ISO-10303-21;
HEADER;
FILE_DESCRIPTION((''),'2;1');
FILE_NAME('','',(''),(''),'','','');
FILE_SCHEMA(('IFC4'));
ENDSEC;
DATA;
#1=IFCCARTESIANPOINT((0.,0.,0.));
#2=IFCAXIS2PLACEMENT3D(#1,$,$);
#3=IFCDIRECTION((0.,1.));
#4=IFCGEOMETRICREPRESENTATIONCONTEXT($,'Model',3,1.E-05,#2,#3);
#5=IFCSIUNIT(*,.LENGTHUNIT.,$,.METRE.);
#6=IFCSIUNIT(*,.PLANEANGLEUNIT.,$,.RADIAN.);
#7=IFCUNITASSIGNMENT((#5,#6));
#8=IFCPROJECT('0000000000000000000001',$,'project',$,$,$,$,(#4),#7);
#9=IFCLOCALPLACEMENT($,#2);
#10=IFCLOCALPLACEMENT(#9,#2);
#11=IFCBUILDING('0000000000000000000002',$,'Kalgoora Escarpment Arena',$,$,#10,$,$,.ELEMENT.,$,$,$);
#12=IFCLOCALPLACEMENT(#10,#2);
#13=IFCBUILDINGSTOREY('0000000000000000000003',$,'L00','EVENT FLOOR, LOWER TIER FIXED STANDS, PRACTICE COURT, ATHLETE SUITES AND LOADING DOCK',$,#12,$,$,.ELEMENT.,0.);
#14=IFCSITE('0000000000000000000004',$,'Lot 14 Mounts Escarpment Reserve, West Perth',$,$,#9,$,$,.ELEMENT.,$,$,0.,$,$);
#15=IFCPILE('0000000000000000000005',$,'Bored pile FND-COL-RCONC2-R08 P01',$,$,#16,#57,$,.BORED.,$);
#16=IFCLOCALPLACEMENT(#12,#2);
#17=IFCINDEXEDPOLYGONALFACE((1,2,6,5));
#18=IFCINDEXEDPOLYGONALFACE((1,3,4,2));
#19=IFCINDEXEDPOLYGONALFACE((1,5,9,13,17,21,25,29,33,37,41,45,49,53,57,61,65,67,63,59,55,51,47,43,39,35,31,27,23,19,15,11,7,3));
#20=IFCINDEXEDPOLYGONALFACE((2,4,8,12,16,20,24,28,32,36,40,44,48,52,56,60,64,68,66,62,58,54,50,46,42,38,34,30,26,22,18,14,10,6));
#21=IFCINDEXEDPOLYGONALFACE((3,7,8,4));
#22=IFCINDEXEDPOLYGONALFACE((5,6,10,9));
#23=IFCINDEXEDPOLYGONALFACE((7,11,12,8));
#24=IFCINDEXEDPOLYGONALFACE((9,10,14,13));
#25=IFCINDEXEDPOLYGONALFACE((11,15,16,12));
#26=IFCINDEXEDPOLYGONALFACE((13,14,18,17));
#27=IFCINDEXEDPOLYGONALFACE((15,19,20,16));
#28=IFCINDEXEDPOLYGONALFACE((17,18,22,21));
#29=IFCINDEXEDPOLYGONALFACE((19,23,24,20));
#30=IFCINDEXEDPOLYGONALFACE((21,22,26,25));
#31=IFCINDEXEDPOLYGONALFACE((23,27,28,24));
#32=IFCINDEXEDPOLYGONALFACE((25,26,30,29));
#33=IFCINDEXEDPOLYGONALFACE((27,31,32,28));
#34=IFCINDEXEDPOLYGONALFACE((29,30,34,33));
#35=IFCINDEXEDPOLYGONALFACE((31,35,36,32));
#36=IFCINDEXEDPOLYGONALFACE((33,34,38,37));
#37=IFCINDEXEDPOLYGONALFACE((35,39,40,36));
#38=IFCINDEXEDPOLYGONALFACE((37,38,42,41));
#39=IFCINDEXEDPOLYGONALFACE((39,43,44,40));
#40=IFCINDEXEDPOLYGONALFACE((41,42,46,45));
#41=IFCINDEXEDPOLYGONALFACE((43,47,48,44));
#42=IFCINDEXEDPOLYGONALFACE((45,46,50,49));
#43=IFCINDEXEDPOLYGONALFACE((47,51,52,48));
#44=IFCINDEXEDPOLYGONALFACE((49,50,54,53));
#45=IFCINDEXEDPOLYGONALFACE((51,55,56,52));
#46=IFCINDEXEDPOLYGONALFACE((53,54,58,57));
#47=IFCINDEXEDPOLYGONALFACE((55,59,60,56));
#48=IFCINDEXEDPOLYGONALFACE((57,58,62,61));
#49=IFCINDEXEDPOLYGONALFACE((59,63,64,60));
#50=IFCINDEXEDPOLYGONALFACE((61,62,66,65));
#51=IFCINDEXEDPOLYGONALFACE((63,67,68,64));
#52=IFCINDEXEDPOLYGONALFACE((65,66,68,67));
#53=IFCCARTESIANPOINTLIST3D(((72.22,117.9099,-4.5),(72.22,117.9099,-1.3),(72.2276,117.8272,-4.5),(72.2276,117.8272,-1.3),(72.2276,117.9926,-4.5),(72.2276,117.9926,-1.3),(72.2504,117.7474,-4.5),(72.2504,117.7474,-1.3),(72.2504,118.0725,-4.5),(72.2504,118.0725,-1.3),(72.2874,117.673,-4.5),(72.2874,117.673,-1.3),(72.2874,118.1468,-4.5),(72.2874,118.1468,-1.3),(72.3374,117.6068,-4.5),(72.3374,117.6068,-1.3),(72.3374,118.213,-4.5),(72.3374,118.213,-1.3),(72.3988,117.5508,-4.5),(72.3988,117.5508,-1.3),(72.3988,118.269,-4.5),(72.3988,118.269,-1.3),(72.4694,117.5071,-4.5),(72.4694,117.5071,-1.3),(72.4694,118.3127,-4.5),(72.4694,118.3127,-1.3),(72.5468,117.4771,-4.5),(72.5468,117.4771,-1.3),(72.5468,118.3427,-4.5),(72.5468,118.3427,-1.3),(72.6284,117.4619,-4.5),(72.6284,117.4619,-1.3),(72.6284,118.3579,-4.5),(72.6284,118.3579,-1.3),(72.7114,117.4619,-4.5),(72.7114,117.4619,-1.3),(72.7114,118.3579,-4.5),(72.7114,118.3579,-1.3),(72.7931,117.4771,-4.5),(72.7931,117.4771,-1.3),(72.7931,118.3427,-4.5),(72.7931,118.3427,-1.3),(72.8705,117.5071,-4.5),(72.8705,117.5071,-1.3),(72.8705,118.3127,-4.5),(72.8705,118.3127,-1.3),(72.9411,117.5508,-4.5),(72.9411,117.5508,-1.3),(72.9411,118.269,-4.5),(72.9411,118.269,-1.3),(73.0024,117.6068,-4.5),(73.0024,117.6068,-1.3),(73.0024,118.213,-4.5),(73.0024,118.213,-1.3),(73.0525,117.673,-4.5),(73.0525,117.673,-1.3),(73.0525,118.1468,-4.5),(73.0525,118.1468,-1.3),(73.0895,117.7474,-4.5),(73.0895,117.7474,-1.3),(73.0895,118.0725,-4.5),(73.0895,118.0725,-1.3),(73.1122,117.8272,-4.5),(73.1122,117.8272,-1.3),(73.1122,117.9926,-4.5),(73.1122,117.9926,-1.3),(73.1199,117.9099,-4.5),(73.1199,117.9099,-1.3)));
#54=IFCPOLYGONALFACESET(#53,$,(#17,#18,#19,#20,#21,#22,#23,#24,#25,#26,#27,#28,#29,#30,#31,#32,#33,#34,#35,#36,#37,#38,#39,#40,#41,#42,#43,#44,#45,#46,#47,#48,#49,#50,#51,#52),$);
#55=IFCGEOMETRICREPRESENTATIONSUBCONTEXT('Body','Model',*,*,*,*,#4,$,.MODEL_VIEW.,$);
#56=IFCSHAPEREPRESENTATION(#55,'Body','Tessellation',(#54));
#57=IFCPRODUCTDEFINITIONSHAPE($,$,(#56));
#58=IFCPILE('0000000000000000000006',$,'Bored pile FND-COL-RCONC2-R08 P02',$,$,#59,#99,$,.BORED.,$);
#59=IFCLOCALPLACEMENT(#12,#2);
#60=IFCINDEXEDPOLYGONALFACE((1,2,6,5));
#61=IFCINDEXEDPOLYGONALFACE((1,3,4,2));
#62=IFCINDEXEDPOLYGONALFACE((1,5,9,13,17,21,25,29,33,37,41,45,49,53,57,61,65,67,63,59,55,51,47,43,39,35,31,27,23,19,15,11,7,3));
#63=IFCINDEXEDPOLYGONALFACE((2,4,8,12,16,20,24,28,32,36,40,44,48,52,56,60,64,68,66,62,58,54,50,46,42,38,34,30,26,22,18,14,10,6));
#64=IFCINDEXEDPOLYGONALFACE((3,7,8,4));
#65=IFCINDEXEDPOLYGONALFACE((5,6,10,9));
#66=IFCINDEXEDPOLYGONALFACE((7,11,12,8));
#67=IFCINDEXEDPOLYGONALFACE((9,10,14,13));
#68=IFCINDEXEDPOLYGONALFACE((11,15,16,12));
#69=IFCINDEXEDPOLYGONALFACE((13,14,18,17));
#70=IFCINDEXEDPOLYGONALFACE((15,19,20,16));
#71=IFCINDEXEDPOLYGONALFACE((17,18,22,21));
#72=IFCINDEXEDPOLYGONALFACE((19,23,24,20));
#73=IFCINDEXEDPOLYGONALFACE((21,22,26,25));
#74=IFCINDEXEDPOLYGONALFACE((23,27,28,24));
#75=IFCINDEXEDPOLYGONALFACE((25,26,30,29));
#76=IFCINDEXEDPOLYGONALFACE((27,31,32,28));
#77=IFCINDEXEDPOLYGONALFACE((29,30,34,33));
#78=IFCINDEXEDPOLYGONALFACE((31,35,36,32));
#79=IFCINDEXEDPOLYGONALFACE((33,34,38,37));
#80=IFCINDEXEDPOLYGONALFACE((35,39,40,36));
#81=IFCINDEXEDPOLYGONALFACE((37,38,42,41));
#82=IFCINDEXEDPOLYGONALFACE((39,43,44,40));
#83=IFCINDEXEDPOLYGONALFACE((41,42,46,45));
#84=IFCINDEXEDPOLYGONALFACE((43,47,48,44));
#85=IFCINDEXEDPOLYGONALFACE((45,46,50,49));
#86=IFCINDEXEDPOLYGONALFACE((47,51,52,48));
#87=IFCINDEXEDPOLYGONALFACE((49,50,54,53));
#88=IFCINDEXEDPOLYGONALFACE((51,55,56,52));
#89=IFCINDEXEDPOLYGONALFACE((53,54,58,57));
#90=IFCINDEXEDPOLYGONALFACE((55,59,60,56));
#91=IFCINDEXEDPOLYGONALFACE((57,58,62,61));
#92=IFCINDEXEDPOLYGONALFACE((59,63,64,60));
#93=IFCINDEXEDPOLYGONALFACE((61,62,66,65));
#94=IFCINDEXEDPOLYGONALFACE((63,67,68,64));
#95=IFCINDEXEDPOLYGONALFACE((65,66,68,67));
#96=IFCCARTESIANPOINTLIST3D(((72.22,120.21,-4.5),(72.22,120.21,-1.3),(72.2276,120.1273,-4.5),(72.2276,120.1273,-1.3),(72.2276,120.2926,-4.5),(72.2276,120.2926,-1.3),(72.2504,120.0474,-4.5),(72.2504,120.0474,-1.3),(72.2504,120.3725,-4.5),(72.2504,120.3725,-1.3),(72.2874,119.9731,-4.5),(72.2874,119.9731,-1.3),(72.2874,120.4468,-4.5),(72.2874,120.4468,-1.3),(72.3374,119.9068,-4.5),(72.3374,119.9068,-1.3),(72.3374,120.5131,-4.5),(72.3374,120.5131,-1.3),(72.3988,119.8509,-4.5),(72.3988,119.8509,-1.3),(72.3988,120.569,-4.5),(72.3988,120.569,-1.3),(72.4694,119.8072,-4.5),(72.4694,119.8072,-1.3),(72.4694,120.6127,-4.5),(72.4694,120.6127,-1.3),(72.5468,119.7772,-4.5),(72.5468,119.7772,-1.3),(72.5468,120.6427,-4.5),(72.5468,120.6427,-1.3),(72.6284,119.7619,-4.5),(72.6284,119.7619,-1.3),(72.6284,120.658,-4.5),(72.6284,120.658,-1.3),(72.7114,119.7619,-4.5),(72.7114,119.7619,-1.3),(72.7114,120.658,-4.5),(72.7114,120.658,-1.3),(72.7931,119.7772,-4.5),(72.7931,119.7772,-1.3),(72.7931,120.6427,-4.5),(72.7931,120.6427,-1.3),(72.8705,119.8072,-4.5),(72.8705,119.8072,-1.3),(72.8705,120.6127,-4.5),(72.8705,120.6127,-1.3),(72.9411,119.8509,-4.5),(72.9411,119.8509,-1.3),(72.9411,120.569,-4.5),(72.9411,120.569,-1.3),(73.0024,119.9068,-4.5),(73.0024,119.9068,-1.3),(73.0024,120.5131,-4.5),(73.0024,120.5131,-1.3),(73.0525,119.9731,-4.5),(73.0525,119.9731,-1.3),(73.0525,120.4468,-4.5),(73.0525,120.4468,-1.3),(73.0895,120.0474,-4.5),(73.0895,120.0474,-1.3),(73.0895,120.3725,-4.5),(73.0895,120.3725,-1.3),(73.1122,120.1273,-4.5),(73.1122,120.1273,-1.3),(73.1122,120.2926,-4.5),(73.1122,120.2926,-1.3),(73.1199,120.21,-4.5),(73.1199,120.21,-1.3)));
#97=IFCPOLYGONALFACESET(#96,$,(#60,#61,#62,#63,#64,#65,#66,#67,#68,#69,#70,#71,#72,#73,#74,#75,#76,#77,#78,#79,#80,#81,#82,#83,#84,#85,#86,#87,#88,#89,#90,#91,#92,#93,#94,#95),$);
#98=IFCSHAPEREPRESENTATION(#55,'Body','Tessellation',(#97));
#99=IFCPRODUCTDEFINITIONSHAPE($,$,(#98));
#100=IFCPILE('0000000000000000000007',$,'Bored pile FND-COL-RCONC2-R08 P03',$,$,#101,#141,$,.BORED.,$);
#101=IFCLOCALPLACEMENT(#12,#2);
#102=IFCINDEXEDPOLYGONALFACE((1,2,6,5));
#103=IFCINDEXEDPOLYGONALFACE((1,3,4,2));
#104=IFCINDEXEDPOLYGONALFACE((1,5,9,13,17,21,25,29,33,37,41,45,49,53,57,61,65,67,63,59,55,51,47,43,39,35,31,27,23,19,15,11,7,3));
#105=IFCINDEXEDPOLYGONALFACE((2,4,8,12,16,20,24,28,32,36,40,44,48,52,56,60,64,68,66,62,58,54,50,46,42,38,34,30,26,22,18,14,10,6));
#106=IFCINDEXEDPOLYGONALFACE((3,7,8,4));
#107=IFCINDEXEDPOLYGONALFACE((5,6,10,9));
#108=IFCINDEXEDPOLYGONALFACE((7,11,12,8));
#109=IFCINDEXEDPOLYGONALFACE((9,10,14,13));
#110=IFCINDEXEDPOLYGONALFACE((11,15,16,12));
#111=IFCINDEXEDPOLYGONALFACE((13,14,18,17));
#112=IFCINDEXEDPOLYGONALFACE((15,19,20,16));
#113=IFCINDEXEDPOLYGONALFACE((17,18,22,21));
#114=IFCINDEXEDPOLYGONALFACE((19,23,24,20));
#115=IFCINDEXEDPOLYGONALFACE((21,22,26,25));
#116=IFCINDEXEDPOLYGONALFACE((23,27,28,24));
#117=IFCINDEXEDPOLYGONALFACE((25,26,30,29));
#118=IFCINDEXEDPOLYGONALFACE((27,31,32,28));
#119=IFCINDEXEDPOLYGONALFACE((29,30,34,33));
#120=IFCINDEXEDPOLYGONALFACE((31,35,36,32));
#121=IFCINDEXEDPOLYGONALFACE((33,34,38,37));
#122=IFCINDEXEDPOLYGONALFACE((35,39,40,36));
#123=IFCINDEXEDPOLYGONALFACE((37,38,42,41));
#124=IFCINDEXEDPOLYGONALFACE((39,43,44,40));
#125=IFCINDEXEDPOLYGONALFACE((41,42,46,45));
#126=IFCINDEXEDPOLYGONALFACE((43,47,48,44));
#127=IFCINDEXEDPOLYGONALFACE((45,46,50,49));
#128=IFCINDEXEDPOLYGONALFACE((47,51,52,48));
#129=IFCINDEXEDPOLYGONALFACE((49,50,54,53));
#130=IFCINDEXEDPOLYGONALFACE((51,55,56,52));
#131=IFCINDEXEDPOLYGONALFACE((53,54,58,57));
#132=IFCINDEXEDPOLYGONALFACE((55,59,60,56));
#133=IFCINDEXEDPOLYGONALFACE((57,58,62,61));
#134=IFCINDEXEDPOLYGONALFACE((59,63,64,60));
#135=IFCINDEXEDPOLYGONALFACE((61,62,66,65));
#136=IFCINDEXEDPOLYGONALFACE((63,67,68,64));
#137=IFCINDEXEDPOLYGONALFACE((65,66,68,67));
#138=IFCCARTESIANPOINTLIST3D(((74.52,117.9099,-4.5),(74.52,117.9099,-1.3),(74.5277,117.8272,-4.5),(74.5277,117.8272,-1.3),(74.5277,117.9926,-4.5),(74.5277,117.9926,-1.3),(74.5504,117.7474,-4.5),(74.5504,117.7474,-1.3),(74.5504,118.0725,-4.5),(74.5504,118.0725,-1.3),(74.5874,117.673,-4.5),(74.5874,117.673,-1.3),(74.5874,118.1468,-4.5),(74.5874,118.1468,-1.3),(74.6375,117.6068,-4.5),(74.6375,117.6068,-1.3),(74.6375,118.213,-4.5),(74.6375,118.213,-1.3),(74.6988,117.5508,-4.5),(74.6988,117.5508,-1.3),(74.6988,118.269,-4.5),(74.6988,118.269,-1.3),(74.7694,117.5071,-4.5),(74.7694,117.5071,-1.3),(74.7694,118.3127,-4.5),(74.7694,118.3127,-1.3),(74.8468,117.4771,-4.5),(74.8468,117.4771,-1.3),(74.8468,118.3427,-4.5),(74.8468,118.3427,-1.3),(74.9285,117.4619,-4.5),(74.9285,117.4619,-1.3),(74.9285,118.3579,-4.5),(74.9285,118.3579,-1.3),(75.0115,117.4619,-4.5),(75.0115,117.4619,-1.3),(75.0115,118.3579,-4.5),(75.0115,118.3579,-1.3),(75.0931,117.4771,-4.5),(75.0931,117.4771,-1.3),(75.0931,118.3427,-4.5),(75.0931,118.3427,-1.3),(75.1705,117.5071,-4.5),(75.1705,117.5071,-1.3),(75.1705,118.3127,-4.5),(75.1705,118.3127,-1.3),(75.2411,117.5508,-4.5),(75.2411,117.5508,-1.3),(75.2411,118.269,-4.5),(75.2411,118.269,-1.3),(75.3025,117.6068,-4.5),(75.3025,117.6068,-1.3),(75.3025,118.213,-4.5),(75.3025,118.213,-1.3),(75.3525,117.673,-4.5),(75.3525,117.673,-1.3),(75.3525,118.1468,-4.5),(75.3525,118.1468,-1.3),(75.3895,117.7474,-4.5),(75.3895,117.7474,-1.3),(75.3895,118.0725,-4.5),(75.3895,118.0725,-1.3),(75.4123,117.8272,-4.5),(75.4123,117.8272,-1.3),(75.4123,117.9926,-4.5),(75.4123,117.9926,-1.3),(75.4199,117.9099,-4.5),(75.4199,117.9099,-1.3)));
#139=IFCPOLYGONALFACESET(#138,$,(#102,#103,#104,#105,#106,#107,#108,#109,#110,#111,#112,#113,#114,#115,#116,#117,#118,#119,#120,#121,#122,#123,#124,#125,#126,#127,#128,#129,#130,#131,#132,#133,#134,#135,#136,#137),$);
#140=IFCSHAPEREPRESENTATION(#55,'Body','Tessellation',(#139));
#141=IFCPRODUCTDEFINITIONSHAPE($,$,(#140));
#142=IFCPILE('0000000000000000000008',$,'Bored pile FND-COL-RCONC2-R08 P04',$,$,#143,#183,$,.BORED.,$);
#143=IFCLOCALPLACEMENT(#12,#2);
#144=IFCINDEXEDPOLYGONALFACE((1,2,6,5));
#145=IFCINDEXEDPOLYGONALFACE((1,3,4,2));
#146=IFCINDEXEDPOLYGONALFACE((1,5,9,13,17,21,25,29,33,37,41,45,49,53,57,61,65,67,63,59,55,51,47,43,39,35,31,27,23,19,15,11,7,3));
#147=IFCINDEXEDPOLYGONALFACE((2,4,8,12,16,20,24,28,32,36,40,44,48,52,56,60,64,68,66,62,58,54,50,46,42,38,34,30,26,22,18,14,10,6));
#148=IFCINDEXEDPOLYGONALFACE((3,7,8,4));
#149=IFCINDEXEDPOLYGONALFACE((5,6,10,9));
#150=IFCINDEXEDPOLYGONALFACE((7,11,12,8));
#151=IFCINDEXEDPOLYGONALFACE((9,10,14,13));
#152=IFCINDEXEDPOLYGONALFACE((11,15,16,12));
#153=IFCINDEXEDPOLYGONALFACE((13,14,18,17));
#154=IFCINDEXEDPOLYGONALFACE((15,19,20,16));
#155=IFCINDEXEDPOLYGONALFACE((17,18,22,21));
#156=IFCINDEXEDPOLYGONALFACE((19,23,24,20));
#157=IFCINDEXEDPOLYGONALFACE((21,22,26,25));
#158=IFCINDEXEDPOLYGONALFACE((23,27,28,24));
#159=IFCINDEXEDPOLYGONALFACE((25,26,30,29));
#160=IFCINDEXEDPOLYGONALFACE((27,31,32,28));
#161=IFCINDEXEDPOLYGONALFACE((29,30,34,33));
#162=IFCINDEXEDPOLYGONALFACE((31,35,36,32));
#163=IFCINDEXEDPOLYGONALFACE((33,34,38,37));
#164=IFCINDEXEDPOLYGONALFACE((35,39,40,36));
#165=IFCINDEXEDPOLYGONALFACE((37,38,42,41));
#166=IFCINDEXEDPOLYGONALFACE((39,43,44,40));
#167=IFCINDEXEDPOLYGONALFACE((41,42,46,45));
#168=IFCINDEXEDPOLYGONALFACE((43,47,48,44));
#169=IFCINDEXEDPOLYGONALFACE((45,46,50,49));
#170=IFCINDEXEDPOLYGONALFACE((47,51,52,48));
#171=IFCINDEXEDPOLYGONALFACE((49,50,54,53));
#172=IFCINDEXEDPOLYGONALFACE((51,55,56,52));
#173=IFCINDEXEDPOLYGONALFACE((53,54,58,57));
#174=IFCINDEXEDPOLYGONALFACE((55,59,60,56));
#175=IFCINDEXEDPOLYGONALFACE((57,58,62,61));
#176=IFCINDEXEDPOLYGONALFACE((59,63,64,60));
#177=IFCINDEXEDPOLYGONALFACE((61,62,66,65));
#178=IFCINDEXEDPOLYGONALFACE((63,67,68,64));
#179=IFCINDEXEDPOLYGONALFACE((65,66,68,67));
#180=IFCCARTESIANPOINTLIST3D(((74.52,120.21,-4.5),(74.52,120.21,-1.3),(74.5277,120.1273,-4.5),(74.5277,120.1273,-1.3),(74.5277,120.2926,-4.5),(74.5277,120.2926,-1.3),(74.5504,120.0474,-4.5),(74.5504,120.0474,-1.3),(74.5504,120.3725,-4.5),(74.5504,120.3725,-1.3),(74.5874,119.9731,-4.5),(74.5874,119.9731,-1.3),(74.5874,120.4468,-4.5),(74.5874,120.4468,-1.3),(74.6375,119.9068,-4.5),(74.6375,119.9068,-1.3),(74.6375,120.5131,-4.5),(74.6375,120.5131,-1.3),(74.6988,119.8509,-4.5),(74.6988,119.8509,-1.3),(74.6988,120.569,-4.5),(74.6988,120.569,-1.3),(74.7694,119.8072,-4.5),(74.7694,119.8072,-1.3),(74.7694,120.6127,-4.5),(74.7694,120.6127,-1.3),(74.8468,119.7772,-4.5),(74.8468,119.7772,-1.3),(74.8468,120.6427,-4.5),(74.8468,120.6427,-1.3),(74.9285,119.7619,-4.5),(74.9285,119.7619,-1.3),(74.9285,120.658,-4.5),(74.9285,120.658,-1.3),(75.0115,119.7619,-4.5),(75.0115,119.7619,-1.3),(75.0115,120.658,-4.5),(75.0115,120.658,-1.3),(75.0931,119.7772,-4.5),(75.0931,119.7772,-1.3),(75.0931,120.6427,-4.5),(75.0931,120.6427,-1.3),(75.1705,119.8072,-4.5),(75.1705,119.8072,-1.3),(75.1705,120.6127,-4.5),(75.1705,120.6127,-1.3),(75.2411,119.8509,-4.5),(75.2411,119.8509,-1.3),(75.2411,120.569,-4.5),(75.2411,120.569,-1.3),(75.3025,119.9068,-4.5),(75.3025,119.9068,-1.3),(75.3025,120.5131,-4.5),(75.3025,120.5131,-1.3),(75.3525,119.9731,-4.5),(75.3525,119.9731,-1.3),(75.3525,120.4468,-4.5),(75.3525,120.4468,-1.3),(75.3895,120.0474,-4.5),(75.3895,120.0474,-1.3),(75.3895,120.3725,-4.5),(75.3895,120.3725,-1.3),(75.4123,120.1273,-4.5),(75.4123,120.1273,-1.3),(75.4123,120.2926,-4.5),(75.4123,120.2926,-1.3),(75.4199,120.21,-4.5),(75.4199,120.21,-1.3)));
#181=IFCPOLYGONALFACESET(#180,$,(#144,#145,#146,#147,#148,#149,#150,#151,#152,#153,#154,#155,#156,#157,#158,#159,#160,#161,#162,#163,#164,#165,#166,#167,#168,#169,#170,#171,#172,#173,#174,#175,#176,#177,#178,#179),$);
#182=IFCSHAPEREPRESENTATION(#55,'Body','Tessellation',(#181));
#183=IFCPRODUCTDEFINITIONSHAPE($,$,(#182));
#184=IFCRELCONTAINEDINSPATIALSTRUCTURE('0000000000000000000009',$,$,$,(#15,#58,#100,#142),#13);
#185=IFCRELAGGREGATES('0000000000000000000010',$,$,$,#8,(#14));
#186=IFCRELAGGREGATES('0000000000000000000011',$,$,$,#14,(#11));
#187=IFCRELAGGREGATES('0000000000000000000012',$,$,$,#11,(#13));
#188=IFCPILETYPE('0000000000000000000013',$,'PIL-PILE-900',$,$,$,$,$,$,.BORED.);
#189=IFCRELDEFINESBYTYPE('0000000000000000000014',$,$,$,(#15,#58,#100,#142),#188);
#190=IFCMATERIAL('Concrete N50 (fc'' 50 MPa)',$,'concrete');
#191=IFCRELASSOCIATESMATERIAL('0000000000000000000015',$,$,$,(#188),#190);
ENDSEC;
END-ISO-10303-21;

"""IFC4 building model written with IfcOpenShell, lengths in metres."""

from ifc_helpers import new_model, si_unit, direction, frame, origin, origin_2d, place, context, subcontext, project, spatial, circle, extrude, material, material_profile, profile_set, type_object, element, save


model = new_model("IFC4")

# Units and contexts
model_context = context("Model", 3, precision=1e-05, world=origin(), true_north=direction((0.0, 1.0)))
body_context = subcontext(model_context, "Body", "Model", "MODEL_VIEW")
ifc_project = project(units=[si_unit("LENGTHUNIT", "METRE"), si_unit("PLANEANGLEUNIT", "RADIAN")], contexts=[model_context])

# Site, building, storey
site_placement = place(None, origin())
site = spatial("IfcSite", under=ifc_project, at=site_placement, Name="Lot 14 Mounts Escarpment Reserve, West Perth", CompositionType="ELEMENT", RefElevation=0.0)
building_placement = place(site_placement, origin())
building = spatial("IfcBuilding", under=site, at=building_placement, Name="Kalgoora Escarpment Arena", CompositionType="ELEMENT")
storey_placement = place(building_placement, origin())
storey = spatial("IfcBuildingStorey", under=building, at=storey_placement, Name="L00", Description="EVENT FLOOR, LOWER TIER FIXED STANDS, PRACTICE COURT, ATHLETE SUITES AND LOADING DOCK", CompositionType="ELEMENT", Elevation=0.0)

# Piles
ifc_material_1 = material(Name="Concrete N50 (fc' 50 MPa)", Category="concrete")
ifc_material_profile_1 = material_profile(ifc_material_1, circle(Radius=0.45, at=origin_2d()))
ifc_profile_set_1 = profile_set([ifc_material_profile_1], Name="Concrete N50 (fc' 50 MPa)")
pile_type_1 = type_object("IfcPileType", Name="PIL-PILE-900", PredefinedType="BORED", material=ifc_profile_set_1)
for number, where, z_axis, x_axis, name in (
    (1, (72.6699, 117.9099, -1.3), (0.0, 0.0, -1.0), (1.0, 0.0, 0.0), "Bored pile FND-COL-RCONC2-R08 P01"),
    (2, (72.6699, 120.21, -1.3), (0.0, 0.0, -1.0), (1.0, 0.0, 0.0), "Bored pile FND-COL-RCONC2-R08 P02"),
    (3, (74.97, 117.9099, -1.3), (0.0, 0.0, -1.0), (1.0, 0.0, 0.0), "Bored pile FND-COL-RCONC2-R08 P03"),
    (4, (74.97, 120.21, -1.3), (0.0, 0.0, -1.0), (1.0, 0.0, 0.0), "Bored pile FND-COL-RCONC2-R08 P04"),
):
    element("IfcPile", number, at=place(storey_placement, frame(where, z_axis=z_axis, x_axis=x_axis)), inside=storey, type_object=pile_type_1, Name=name, PredefinedType="BORED", context=body_context, shape_type="SweptSolid", body=[
        extrude(circle(Radius=0.45, at=origin_2d()), origin(), (0.0, 0.0, 1.0), 3.2),
    ])

save(model, "model.ifc")
